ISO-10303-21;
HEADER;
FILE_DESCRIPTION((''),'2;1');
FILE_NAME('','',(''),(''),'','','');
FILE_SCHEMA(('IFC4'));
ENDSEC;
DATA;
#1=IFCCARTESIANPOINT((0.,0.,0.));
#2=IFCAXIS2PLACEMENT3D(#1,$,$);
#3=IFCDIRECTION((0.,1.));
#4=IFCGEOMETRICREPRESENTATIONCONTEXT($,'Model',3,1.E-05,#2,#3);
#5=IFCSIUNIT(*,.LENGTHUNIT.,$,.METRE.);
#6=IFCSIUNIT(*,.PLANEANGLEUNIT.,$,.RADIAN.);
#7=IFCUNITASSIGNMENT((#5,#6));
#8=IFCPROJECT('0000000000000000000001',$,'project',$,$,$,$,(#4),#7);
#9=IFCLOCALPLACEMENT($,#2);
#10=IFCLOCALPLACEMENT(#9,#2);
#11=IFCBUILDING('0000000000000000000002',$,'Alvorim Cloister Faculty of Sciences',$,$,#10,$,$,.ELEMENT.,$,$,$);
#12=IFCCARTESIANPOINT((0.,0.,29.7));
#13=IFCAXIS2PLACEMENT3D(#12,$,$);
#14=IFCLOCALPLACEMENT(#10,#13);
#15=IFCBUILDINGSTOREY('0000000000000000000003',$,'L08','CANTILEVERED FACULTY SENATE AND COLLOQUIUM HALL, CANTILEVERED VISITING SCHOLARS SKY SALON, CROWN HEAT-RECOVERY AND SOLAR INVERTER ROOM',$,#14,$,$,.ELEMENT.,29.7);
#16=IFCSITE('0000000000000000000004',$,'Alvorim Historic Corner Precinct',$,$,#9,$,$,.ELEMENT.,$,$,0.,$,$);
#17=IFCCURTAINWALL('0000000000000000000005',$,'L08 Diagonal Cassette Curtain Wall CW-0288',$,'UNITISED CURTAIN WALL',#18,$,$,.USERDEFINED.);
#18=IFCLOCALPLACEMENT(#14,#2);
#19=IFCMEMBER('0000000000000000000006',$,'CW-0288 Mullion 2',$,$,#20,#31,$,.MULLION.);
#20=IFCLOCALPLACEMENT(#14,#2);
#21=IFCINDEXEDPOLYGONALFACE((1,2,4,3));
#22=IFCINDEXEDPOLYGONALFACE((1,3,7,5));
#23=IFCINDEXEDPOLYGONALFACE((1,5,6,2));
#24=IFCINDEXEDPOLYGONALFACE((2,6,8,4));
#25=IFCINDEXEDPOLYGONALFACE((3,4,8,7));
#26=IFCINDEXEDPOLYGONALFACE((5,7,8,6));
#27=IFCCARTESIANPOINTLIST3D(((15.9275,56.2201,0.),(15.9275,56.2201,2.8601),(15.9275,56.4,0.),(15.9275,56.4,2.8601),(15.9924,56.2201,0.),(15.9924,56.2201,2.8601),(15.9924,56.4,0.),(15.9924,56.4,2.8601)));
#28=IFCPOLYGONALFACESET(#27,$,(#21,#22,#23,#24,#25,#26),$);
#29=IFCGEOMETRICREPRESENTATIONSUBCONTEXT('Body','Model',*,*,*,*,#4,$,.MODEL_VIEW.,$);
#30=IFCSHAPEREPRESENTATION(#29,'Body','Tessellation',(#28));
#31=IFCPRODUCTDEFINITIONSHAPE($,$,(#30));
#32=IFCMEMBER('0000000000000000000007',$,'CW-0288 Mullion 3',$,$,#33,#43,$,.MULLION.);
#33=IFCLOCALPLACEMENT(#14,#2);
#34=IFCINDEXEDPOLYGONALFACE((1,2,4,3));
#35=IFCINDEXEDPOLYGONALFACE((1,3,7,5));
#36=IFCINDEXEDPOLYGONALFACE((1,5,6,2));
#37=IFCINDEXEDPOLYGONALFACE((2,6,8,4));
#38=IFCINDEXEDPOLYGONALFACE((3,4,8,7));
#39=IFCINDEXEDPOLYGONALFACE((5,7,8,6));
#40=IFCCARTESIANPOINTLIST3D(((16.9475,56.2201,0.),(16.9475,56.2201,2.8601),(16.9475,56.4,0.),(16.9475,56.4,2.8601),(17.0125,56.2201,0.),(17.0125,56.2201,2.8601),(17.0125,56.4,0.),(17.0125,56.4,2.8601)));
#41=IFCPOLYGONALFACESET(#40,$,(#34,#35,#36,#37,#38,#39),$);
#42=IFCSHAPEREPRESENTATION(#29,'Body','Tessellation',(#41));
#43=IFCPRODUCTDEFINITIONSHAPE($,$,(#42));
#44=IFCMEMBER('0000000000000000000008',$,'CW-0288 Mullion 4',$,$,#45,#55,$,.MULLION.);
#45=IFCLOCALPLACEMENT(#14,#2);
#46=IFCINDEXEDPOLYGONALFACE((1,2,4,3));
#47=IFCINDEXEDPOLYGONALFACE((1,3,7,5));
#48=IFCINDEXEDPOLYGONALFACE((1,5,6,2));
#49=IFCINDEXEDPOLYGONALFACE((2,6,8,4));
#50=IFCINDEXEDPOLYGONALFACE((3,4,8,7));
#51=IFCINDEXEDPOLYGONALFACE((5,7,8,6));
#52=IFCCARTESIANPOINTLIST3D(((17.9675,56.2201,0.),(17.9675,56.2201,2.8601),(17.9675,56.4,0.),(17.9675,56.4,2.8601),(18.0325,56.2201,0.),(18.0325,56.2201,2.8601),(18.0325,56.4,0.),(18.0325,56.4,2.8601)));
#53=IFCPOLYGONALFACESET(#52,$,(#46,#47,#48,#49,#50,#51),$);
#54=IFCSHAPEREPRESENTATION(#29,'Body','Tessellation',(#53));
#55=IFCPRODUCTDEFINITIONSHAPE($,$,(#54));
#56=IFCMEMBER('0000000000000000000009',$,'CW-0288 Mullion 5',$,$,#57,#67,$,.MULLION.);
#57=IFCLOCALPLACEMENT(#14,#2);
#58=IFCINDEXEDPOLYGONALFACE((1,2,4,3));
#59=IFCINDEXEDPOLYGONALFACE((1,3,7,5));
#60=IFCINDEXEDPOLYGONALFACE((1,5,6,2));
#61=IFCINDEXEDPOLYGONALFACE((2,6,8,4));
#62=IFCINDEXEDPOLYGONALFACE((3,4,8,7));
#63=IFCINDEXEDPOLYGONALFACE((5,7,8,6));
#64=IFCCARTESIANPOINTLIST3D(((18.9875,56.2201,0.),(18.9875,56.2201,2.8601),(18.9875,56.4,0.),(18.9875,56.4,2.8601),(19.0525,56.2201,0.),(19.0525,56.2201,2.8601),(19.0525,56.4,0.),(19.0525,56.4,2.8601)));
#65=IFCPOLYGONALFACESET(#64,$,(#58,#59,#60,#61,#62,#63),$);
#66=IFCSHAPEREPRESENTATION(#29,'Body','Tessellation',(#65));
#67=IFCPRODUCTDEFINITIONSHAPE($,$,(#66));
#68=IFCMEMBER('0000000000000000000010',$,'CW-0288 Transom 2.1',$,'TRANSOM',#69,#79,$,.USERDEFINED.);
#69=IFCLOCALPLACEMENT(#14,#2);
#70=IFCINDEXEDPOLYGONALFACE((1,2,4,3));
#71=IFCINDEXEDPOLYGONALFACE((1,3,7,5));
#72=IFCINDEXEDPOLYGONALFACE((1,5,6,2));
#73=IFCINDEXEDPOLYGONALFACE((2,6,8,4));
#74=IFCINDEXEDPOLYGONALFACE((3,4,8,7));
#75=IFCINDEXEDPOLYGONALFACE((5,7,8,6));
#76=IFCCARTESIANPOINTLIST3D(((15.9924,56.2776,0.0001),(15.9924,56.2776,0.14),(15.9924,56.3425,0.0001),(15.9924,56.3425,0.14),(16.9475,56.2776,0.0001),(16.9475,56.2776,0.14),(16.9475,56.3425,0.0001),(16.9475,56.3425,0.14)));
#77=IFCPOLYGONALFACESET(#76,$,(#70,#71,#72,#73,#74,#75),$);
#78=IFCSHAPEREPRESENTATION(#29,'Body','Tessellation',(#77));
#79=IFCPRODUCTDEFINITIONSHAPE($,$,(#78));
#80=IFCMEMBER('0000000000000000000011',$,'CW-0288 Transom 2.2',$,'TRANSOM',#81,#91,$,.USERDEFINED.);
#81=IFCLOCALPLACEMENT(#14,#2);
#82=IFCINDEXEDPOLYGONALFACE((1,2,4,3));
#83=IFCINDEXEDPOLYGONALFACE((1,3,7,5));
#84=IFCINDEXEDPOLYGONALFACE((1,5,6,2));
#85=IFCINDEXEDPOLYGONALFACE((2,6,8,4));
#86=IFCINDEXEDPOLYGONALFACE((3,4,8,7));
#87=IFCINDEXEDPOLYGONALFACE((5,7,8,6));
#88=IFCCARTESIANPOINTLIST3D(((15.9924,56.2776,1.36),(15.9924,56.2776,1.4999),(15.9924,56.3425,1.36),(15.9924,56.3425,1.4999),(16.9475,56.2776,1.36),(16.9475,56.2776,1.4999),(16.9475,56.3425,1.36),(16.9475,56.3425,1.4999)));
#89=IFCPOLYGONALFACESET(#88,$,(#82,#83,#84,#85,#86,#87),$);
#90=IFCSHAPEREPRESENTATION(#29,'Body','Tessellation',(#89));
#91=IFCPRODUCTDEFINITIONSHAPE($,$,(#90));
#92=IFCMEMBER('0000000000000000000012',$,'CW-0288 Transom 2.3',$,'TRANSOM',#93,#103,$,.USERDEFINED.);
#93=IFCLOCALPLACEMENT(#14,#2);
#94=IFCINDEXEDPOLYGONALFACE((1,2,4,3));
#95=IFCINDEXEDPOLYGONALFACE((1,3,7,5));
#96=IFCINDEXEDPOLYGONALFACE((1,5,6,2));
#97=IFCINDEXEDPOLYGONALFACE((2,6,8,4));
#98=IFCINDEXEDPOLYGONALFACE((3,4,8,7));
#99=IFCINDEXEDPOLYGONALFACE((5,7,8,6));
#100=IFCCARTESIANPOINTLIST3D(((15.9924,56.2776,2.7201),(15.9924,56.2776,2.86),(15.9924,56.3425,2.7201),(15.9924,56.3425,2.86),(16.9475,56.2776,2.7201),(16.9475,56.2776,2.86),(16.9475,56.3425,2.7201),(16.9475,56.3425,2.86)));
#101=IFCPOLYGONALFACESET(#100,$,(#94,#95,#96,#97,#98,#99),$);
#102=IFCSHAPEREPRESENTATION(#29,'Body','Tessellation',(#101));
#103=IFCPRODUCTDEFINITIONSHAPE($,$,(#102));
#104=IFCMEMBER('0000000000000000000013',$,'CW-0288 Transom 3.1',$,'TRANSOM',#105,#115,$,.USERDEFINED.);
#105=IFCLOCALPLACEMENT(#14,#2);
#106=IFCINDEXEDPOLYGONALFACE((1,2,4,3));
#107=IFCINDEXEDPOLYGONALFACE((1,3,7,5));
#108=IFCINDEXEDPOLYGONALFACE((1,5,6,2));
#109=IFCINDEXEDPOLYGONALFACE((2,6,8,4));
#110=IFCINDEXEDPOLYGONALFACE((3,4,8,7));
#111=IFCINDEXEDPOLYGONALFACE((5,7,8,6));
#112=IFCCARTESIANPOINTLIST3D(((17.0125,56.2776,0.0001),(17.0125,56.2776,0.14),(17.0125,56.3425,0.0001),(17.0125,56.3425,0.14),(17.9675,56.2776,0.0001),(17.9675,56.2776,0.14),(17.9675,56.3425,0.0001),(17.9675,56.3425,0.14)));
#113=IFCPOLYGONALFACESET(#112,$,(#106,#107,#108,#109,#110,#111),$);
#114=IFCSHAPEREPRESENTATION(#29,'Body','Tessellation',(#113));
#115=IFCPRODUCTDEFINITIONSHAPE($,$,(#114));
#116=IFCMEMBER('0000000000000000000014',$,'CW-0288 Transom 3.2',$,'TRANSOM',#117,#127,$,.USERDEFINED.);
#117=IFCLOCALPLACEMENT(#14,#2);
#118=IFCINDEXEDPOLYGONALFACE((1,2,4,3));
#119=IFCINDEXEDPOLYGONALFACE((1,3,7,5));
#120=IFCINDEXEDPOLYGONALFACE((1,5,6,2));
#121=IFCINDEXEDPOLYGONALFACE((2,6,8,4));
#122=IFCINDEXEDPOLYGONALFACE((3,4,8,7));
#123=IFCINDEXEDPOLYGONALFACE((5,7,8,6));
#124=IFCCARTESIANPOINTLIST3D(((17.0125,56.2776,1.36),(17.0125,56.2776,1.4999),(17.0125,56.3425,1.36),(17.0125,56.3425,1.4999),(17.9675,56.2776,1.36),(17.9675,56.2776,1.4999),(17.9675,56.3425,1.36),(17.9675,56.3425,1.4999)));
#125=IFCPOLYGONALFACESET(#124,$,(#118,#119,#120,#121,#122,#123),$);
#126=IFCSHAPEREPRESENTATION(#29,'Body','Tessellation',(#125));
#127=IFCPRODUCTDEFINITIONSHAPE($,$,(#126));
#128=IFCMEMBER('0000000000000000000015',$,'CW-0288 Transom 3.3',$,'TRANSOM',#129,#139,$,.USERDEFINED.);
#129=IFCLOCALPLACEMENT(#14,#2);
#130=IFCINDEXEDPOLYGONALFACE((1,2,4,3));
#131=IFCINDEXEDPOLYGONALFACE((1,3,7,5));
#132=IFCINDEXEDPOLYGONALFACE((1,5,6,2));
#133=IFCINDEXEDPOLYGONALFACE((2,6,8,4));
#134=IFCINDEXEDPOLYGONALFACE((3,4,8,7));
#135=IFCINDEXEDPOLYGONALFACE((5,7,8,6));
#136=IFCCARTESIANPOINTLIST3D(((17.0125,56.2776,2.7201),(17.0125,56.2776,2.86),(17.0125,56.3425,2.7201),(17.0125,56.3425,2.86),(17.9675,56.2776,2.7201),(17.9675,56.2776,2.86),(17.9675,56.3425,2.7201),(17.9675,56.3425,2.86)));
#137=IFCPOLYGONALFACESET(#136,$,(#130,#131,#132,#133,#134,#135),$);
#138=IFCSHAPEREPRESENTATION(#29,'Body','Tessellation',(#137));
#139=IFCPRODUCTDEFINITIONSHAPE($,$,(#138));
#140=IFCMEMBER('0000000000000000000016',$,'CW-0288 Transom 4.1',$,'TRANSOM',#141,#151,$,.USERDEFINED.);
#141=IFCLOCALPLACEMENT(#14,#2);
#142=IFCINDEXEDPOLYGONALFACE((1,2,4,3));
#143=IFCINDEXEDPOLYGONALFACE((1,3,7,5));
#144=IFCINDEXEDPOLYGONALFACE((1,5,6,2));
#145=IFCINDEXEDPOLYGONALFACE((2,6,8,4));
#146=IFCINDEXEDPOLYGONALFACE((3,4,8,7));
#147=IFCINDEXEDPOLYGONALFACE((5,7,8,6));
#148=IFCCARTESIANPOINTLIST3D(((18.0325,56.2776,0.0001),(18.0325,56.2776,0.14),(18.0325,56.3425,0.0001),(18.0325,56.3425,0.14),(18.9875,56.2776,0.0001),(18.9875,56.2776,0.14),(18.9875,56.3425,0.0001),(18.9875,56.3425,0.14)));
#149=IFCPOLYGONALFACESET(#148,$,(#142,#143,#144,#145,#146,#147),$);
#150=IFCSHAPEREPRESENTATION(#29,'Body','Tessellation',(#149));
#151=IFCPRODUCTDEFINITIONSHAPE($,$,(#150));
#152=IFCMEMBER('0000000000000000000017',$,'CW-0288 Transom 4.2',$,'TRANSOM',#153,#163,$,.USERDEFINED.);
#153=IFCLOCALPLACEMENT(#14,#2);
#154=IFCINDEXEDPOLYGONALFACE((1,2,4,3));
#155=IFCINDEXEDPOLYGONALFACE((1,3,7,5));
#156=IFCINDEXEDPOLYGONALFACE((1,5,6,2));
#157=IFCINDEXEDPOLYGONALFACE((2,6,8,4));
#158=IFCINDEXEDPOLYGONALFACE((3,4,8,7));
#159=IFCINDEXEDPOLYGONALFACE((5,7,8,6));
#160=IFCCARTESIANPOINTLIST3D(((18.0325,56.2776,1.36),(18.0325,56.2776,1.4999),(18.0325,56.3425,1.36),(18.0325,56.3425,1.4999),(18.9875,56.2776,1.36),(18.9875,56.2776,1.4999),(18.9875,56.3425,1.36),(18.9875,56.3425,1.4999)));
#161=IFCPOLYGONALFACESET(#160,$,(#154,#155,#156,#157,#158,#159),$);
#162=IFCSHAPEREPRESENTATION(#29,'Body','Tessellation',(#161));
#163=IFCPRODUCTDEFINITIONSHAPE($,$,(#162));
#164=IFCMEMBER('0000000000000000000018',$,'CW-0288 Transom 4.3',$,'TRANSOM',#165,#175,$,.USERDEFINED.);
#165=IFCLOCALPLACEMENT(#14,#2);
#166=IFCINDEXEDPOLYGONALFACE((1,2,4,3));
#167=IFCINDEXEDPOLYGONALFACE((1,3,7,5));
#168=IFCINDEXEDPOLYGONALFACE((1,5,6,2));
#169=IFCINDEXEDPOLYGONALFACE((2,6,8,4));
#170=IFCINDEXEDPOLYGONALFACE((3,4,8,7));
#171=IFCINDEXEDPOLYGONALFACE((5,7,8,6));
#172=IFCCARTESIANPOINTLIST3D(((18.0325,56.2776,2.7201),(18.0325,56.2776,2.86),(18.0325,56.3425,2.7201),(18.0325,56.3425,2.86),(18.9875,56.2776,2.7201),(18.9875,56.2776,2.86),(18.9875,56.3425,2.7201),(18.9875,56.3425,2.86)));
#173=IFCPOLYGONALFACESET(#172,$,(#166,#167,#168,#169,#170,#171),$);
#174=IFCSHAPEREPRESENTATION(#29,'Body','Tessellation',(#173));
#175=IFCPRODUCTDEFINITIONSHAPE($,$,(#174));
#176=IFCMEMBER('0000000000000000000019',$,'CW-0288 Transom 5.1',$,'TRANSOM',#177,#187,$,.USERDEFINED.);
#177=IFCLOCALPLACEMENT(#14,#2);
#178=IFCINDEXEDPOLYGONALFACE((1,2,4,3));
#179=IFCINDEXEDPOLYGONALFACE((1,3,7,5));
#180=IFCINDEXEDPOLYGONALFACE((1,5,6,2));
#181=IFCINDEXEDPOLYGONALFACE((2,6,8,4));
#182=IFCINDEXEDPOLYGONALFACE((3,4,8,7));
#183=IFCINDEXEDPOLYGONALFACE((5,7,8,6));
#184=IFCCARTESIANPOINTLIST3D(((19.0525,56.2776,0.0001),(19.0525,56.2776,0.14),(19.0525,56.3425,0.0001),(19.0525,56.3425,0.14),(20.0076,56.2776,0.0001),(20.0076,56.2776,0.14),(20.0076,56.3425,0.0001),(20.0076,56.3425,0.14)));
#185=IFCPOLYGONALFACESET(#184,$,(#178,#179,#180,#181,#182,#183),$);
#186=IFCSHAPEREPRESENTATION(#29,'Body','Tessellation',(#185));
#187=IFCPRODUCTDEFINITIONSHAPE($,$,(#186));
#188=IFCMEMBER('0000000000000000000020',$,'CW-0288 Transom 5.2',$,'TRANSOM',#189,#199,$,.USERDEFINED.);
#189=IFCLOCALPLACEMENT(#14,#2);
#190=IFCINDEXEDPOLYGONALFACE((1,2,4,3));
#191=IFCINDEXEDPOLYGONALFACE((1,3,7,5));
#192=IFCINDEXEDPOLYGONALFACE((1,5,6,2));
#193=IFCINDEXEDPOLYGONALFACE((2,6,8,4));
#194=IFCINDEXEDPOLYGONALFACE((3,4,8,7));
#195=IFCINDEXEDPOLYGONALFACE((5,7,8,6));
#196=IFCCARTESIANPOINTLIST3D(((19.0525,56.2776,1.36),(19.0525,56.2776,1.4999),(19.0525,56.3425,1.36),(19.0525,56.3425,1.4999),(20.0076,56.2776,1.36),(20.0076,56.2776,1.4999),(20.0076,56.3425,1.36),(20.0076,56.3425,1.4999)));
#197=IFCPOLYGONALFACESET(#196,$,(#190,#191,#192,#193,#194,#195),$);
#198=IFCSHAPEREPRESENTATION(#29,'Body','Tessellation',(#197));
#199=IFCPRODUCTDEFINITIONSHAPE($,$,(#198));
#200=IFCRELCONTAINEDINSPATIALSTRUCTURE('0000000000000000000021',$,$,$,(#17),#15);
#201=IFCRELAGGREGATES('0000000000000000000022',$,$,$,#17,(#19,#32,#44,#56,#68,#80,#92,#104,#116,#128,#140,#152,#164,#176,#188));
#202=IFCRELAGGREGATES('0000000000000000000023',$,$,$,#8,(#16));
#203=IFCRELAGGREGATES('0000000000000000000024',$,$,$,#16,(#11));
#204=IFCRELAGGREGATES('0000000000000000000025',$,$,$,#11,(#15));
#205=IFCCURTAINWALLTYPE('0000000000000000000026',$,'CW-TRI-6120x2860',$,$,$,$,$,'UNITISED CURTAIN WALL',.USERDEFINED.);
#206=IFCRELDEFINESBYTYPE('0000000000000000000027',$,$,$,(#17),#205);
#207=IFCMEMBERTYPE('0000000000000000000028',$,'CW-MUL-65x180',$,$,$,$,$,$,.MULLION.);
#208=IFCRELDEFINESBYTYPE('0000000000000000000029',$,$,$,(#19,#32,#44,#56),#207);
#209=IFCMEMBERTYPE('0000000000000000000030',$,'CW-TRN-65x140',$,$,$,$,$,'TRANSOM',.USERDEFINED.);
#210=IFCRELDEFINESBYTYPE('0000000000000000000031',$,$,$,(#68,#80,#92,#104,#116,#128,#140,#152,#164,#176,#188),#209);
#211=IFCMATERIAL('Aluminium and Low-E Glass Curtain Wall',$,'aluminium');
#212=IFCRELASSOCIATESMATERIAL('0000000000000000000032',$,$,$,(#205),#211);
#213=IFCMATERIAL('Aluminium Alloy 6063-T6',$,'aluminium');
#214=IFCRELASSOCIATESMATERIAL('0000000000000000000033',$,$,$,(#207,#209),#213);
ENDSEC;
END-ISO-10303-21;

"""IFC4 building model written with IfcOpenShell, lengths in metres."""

from ifc_helpers import new_model, si_unit, direction, frame, origin, origin_2d, place, context, subcontext, project, spatial, rectangle, extrude, material, material_profile, profile_set, type_object, element, aggregate, save


model = new_model("IFC4")

# Units and contexts
model_context = context("Model", 3, precision=1e-05, world=origin(), true_north=direction((0.0, 1.0)))
body_context = subcontext(model_context, "Body", "Model", "MODEL_VIEW")
ifc_project = project(units=[si_unit("LENGTHUNIT", "METRE"), si_unit("PLANEANGLEUNIT", "RADIAN")], contexts=[model_context])

# Site, building, storey
site_placement = place(None, origin())
site = spatial("IfcSite", under=ifc_project, at=site_placement, Name="Alvorim Historic Corner Precinct", CompositionType="ELEMENT", RefElevation=0.0)
building_placement = place(site_placement, origin())
building = spatial("IfcBuilding", under=site, at=building_placement, Name="Alvorim Cloister Faculty of Sciences", CompositionType="ELEMENT")
storey_placement = place(building_placement, frame((0.0, 0.0, 29.7)))
storey = spatial("IfcBuildingStorey", under=building, at=storey_placement, Name="L08", Description="CANTILEVERED FACULTY SENATE AND COLLOQUIUM HALL, CANTILEVERED VISITING SCHOLARS SKY SALON, CROWN HEAT-RECOVERY AND SOLAR INVERTER ROOM", CompositionType="ELEMENT", Elevation=29.7)

# Curtain wall, members
ifc_material_1 = material(Name="Aluminium and Low-E Glass Curtain Wall", Category="aluminium")
curtain_wall_type = type_object("IfcCurtainWallType", Name="CW-TRI-6120x2860", ElementType="UNITISED CURTAIN WALL", PredefinedType="USERDEFINED", material=ifc_material_1)
curtain_wall_placement = place(storey_placement, origin())
curtain_wall = element("IfcCurtainWall", 1, at=curtain_wall_placement, inside=storey, type_object=curtain_wall_type, Name="L08 Diagonal Cassette Curtain Wall CW-0288", ObjectType="UNITISED CURTAIN WALL", PredefinedType="USERDEFINED")
ifc_material_2 = material(Name="Aluminium Alloy 6063-T6", Category="aluminium")
ifc_material_profile_1 = material_profile(ifc_material_2, rectangle(XDim=0.0649, YDim=0.1799, at=origin_2d()), Name="ALU-MUL-65x180")
ifc_profile_set_1 = profile_set([ifc_material_profile_1], Name="Aluminium Alloy 6063-T6")
member_type_1 = type_object("IfcMemberType", Name="CW-MUL-65x180", PredefinedType="MULLION", material=ifc_profile_set_1)
member_1_placement = place(storey_placement, frame((15.96, 56.3101, 0.0), z_axis=(0.0, 0.0, 1.0), x_axis=(1.0, 0.0, 0.0)))
member_1 = element("IfcMember", 2, at=member_1_placement, type_object=member_type_1, Name="CW-0288 Mullion 2", PredefinedType="MULLION", context=body_context, shape_type="SweptSolid", body=[
    extrude(rectangle(XDim=0.0649, YDim=0.1799, at=origin_2d()), origin(), (0.0, 0.0, 1.0), 2.8601),
])
member_2_placement = place(storey_placement, frame((16.98, 56.3101, 0.0), z_axis=(0.0, 0.0, 1.0), x_axis=(1.0, 0.0, 0.0)))
member_2 = element("IfcMember", 3, at=member_2_placement, type_object=member_type_1, Name="CW-0288 Mullion 3", PredefinedType="MULLION", context=body_context, shape_type="SweptSolid", body=[
    extrude(rectangle(XDim=0.0649, YDim=0.1799, at=origin_2d()), origin(), (0.0, 0.0, 1.0), 2.8601),
])
member_3_placement = place(storey_placement, frame((18.0, 56.3101, 0.0), z_axis=(0.0, 0.0, 1.0), x_axis=(1.0, 0.0, 0.0)))
member_3 = element("IfcMember", 4, at=member_3_placement, type_object=member_type_1, Name="CW-0288 Mullion 4", PredefinedType="MULLION", context=body_context, shape_type="SweptSolid", body=[
    extrude(rectangle(XDim=0.0649, YDim=0.1799, at=origin_2d()), origin(), (0.0, 0.0, 1.0), 2.8601),
])
member_4_placement = place(storey_placement, frame((19.02, 56.3101, 0.0), z_axis=(0.0, 0.0, 1.0), x_axis=(1.0, 0.0, 0.0)))
member_4 = element("IfcMember", 5, at=member_4_placement, type_object=member_type_1, Name="CW-0288 Mullion 5", PredefinedType="MULLION", context=body_context, shape_type="SweptSolid", body=[
    extrude(rectangle(XDim=0.0649, YDim=0.1799, at=origin_2d()), origin(), (0.0, 0.0, 1.0), 2.8601),
])
ifc_material_profile_2 = material_profile(ifc_material_2, rectangle(XDim=0.0649, YDim=0.1399, at=origin_2d()), Name="ALU-TRN-65x140")
ifc_profile_set_2 = profile_set([ifc_material_profile_2], Name="Aluminium Alloy 6063-T6")
member_type_2 = type_object("IfcMemberType", Name="CW-TRN-65x140", ElementType="TRANSOM", PredefinedType="USERDEFINED", material=ifc_profile_set_2)
member_5_placement = place(storey_placement, frame((15.9924, 56.3101, 0.0701), z_axis=(1.0, 0.0, 0.0), x_axis=(0.0, 1.0, 0.0)))
member_5 = element("IfcMember", 6, at=member_5_placement, type_object=member_type_2, Name="CW-0288 Transom 2.1", ObjectType="TRANSOM", PredefinedType="USERDEFINED", context=body_context, shape_type="SweptSolid", body=[
    extrude(rectangle(XDim=0.0649, YDim=0.1399, at=origin_2d()), origin(), (0.0, 0.0, 1.0), 0.9551),
])
member_6_placement = place(storey_placement, frame((15.9924, 56.3101, 1.4299), z_axis=(1.0, 0.0, 0.0), x_axis=(0.0, 1.0, 0.0)))
member_6 = element("IfcMember", 7, at=member_6_placement, type_object=member_type_2, Name="CW-0288 Transom 2.2", ObjectType="TRANSOM", PredefinedType="USERDEFINED", context=body_context, shape_type="SweptSolid", body=[
    extrude(rectangle(XDim=0.0649, YDim=0.1399, at=origin_2d()), origin(), (0.0, 0.0, 1.0), 0.9551),
])
member_7_placement = place(storey_placement, frame((15.9924, 56.3101, 2.79), z_axis=(1.0, 0.0, 0.0), x_axis=(0.0, 1.0, 0.0)))
member_7 = element("IfcMember", 8, at=member_7_placement, type_object=member_type_2, Name="CW-0288 Transom 2.3", ObjectType="TRANSOM", PredefinedType="USERDEFINED", context=body_context, shape_type="SweptSolid", body=[
    extrude(rectangle(XDim=0.0649, YDim=0.1399, at=origin_2d()), origin(), (0.0, 0.0, 1.0), 0.9551),
])
member_8_placement = place(storey_placement, frame((17.0125, 56.3101, 0.0701), z_axis=(1.0, 0.0, 0.0), x_axis=(0.0, 1.0, 0.0)))
member_8 = element("IfcMember", 9, at=member_8_placement, type_object=member_type_2, Name="CW-0288 Transom 3.1", ObjectType="TRANSOM", PredefinedType="USERDEFINED", context=body_context, shape_type="SweptSolid", body=[
    extrude(rectangle(XDim=0.0649, YDim=0.1399, at=origin_2d()), origin(), (0.0, 0.0, 1.0), 0.9551),
])
member_9_placement = place(storey_placement, frame((17.0125, 56.3101, 1.4299), z_axis=(1.0, 0.0, 0.0), x_axis=(0.0, 1.0, 0.0)))
member_9 = element("IfcMember", 10, at=member_9_placement, type_object=member_type_2, Name="CW-0288 Transom 3.2", ObjectType="TRANSOM", PredefinedType="USERDEFINED", context=body_context, shape_type="SweptSolid", body=[
    extrude(rectangle(XDim=0.0649, YDim=0.1399, at=origin_2d()), origin(), (0.0, 0.0, 1.0), 0.9551),
])
member_10_placement = place(storey_placement, frame((17.0125, 56.3101, 2.79), z_axis=(1.0, 0.0, 0.0), x_axis=(0.0, 1.0, 0.0)))
member_10 = element("IfcMember", 11, at=member_10_placement, type_object=member_type_2, Name="CW-0288 Transom 3.3", ObjectType="TRANSOM", PredefinedType="USERDEFINED", context=body_context, shape_type="SweptSolid", body=[
    extrude(rectangle(XDim=0.0649, YDim=0.1399, at=origin_2d()), origin(), (0.0, 0.0, 1.0), 0.9551),
])
member_11_placement = place(storey_placement, frame((18.0325, 56.3101, 0.0701), z_axis=(1.0, 0.0, 0.0), x_axis=(0.0, 1.0, 0.0)))
member_11 = element("IfcMember", 12, at=member_11_placement, type_object=member_type_2, Name="CW-0288 Transom 4.1", ObjectType="TRANSOM", PredefinedType="USERDEFINED", context=body_context, shape_type="SweptSolid", body=[
    extrude(rectangle(XDim=0.0649, YDim=0.1399, at=origin_2d()), origin(), (0.0, 0.0, 1.0), 0.9551),
])
member_12_placement = place(storey_placement, frame((18.0325, 56.3101, 1.4299), z_axis=(1.0, 0.0, 0.0), x_axis=(0.0, 1.0, 0.0)))
member_12 = element("IfcMember", 13, at=member_12_placement, type_object=member_type_2, Name="CW-0288 Transom 4.2", ObjectType="TRANSOM", PredefinedType="USERDEFINED", context=body_context, shape_type="SweptSolid", body=[
    extrude(rectangle(XDim=0.0649, YDim=0.1399, at=origin_2d()), origin(), (0.0, 0.0, 1.0), 0.9551),
])
member_13_placement = place(storey_placement, frame((18.0325, 56.3101, 2.79), z_axis=(1.0, 0.0, 0.0), x_axis=(0.0, 1.0, 0.0)))
member_13 = element("IfcMember", 14, at=member_13_placement, type_object=member_type_2, Name="CW-0288 Transom 4.3", ObjectType="TRANSOM", PredefinedType="USERDEFINED", context=body_context, shape_type="SweptSolid", body=[
    extrude(rectangle(XDim=0.0649, YDim=0.1399, at=origin_2d()), origin(), (0.0, 0.0, 1.0), 0.9551),
])
member_14_placement = place(storey_placement, frame((19.0525, 56.3101, 0.0701), z_axis=(1.0, 0.0, 0.0), x_axis=(0.0, 1.0, 0.0)))
member_14 = element("IfcMember", 15, at=member_14_placement, type_object=member_type_2, Name="CW-0288 Transom 5.1", ObjectType="TRANSOM", PredefinedType="USERDEFINED", context=body_context, shape_type="SweptSolid", body=[
    extrude(rectangle(XDim=0.0649, YDim=0.1399, at=origin_2d()), origin(), (0.0, 0.0, 1.0), 0.9551),
])
member_15_placement = place(storey_placement, frame((19.0525, 56.3101, 1.4299), z_axis=(1.0, 0.0, 0.0), x_axis=(0.0, 1.0, 0.0)))
member_15 = element("IfcMember", 16, at=member_15_placement, type_object=member_type_2, Name="CW-0288 Transom 5.2", ObjectType="TRANSOM", PredefinedType="USERDEFINED", context=body_context, shape_type="SweptSolid", body=[
    extrude(rectangle(XDim=0.0649, YDim=0.1399, at=origin_2d()), origin(), (0.0, 0.0, 1.0), 0.9551),
])
aggregate(curtain_wall, [member_1, member_2, member_3, member_4, member_5, member_6, member_7, member_8, member_9, member_10, member_11, member_12, member_13, member_14, member_15])

save(model, "model.ifc")
